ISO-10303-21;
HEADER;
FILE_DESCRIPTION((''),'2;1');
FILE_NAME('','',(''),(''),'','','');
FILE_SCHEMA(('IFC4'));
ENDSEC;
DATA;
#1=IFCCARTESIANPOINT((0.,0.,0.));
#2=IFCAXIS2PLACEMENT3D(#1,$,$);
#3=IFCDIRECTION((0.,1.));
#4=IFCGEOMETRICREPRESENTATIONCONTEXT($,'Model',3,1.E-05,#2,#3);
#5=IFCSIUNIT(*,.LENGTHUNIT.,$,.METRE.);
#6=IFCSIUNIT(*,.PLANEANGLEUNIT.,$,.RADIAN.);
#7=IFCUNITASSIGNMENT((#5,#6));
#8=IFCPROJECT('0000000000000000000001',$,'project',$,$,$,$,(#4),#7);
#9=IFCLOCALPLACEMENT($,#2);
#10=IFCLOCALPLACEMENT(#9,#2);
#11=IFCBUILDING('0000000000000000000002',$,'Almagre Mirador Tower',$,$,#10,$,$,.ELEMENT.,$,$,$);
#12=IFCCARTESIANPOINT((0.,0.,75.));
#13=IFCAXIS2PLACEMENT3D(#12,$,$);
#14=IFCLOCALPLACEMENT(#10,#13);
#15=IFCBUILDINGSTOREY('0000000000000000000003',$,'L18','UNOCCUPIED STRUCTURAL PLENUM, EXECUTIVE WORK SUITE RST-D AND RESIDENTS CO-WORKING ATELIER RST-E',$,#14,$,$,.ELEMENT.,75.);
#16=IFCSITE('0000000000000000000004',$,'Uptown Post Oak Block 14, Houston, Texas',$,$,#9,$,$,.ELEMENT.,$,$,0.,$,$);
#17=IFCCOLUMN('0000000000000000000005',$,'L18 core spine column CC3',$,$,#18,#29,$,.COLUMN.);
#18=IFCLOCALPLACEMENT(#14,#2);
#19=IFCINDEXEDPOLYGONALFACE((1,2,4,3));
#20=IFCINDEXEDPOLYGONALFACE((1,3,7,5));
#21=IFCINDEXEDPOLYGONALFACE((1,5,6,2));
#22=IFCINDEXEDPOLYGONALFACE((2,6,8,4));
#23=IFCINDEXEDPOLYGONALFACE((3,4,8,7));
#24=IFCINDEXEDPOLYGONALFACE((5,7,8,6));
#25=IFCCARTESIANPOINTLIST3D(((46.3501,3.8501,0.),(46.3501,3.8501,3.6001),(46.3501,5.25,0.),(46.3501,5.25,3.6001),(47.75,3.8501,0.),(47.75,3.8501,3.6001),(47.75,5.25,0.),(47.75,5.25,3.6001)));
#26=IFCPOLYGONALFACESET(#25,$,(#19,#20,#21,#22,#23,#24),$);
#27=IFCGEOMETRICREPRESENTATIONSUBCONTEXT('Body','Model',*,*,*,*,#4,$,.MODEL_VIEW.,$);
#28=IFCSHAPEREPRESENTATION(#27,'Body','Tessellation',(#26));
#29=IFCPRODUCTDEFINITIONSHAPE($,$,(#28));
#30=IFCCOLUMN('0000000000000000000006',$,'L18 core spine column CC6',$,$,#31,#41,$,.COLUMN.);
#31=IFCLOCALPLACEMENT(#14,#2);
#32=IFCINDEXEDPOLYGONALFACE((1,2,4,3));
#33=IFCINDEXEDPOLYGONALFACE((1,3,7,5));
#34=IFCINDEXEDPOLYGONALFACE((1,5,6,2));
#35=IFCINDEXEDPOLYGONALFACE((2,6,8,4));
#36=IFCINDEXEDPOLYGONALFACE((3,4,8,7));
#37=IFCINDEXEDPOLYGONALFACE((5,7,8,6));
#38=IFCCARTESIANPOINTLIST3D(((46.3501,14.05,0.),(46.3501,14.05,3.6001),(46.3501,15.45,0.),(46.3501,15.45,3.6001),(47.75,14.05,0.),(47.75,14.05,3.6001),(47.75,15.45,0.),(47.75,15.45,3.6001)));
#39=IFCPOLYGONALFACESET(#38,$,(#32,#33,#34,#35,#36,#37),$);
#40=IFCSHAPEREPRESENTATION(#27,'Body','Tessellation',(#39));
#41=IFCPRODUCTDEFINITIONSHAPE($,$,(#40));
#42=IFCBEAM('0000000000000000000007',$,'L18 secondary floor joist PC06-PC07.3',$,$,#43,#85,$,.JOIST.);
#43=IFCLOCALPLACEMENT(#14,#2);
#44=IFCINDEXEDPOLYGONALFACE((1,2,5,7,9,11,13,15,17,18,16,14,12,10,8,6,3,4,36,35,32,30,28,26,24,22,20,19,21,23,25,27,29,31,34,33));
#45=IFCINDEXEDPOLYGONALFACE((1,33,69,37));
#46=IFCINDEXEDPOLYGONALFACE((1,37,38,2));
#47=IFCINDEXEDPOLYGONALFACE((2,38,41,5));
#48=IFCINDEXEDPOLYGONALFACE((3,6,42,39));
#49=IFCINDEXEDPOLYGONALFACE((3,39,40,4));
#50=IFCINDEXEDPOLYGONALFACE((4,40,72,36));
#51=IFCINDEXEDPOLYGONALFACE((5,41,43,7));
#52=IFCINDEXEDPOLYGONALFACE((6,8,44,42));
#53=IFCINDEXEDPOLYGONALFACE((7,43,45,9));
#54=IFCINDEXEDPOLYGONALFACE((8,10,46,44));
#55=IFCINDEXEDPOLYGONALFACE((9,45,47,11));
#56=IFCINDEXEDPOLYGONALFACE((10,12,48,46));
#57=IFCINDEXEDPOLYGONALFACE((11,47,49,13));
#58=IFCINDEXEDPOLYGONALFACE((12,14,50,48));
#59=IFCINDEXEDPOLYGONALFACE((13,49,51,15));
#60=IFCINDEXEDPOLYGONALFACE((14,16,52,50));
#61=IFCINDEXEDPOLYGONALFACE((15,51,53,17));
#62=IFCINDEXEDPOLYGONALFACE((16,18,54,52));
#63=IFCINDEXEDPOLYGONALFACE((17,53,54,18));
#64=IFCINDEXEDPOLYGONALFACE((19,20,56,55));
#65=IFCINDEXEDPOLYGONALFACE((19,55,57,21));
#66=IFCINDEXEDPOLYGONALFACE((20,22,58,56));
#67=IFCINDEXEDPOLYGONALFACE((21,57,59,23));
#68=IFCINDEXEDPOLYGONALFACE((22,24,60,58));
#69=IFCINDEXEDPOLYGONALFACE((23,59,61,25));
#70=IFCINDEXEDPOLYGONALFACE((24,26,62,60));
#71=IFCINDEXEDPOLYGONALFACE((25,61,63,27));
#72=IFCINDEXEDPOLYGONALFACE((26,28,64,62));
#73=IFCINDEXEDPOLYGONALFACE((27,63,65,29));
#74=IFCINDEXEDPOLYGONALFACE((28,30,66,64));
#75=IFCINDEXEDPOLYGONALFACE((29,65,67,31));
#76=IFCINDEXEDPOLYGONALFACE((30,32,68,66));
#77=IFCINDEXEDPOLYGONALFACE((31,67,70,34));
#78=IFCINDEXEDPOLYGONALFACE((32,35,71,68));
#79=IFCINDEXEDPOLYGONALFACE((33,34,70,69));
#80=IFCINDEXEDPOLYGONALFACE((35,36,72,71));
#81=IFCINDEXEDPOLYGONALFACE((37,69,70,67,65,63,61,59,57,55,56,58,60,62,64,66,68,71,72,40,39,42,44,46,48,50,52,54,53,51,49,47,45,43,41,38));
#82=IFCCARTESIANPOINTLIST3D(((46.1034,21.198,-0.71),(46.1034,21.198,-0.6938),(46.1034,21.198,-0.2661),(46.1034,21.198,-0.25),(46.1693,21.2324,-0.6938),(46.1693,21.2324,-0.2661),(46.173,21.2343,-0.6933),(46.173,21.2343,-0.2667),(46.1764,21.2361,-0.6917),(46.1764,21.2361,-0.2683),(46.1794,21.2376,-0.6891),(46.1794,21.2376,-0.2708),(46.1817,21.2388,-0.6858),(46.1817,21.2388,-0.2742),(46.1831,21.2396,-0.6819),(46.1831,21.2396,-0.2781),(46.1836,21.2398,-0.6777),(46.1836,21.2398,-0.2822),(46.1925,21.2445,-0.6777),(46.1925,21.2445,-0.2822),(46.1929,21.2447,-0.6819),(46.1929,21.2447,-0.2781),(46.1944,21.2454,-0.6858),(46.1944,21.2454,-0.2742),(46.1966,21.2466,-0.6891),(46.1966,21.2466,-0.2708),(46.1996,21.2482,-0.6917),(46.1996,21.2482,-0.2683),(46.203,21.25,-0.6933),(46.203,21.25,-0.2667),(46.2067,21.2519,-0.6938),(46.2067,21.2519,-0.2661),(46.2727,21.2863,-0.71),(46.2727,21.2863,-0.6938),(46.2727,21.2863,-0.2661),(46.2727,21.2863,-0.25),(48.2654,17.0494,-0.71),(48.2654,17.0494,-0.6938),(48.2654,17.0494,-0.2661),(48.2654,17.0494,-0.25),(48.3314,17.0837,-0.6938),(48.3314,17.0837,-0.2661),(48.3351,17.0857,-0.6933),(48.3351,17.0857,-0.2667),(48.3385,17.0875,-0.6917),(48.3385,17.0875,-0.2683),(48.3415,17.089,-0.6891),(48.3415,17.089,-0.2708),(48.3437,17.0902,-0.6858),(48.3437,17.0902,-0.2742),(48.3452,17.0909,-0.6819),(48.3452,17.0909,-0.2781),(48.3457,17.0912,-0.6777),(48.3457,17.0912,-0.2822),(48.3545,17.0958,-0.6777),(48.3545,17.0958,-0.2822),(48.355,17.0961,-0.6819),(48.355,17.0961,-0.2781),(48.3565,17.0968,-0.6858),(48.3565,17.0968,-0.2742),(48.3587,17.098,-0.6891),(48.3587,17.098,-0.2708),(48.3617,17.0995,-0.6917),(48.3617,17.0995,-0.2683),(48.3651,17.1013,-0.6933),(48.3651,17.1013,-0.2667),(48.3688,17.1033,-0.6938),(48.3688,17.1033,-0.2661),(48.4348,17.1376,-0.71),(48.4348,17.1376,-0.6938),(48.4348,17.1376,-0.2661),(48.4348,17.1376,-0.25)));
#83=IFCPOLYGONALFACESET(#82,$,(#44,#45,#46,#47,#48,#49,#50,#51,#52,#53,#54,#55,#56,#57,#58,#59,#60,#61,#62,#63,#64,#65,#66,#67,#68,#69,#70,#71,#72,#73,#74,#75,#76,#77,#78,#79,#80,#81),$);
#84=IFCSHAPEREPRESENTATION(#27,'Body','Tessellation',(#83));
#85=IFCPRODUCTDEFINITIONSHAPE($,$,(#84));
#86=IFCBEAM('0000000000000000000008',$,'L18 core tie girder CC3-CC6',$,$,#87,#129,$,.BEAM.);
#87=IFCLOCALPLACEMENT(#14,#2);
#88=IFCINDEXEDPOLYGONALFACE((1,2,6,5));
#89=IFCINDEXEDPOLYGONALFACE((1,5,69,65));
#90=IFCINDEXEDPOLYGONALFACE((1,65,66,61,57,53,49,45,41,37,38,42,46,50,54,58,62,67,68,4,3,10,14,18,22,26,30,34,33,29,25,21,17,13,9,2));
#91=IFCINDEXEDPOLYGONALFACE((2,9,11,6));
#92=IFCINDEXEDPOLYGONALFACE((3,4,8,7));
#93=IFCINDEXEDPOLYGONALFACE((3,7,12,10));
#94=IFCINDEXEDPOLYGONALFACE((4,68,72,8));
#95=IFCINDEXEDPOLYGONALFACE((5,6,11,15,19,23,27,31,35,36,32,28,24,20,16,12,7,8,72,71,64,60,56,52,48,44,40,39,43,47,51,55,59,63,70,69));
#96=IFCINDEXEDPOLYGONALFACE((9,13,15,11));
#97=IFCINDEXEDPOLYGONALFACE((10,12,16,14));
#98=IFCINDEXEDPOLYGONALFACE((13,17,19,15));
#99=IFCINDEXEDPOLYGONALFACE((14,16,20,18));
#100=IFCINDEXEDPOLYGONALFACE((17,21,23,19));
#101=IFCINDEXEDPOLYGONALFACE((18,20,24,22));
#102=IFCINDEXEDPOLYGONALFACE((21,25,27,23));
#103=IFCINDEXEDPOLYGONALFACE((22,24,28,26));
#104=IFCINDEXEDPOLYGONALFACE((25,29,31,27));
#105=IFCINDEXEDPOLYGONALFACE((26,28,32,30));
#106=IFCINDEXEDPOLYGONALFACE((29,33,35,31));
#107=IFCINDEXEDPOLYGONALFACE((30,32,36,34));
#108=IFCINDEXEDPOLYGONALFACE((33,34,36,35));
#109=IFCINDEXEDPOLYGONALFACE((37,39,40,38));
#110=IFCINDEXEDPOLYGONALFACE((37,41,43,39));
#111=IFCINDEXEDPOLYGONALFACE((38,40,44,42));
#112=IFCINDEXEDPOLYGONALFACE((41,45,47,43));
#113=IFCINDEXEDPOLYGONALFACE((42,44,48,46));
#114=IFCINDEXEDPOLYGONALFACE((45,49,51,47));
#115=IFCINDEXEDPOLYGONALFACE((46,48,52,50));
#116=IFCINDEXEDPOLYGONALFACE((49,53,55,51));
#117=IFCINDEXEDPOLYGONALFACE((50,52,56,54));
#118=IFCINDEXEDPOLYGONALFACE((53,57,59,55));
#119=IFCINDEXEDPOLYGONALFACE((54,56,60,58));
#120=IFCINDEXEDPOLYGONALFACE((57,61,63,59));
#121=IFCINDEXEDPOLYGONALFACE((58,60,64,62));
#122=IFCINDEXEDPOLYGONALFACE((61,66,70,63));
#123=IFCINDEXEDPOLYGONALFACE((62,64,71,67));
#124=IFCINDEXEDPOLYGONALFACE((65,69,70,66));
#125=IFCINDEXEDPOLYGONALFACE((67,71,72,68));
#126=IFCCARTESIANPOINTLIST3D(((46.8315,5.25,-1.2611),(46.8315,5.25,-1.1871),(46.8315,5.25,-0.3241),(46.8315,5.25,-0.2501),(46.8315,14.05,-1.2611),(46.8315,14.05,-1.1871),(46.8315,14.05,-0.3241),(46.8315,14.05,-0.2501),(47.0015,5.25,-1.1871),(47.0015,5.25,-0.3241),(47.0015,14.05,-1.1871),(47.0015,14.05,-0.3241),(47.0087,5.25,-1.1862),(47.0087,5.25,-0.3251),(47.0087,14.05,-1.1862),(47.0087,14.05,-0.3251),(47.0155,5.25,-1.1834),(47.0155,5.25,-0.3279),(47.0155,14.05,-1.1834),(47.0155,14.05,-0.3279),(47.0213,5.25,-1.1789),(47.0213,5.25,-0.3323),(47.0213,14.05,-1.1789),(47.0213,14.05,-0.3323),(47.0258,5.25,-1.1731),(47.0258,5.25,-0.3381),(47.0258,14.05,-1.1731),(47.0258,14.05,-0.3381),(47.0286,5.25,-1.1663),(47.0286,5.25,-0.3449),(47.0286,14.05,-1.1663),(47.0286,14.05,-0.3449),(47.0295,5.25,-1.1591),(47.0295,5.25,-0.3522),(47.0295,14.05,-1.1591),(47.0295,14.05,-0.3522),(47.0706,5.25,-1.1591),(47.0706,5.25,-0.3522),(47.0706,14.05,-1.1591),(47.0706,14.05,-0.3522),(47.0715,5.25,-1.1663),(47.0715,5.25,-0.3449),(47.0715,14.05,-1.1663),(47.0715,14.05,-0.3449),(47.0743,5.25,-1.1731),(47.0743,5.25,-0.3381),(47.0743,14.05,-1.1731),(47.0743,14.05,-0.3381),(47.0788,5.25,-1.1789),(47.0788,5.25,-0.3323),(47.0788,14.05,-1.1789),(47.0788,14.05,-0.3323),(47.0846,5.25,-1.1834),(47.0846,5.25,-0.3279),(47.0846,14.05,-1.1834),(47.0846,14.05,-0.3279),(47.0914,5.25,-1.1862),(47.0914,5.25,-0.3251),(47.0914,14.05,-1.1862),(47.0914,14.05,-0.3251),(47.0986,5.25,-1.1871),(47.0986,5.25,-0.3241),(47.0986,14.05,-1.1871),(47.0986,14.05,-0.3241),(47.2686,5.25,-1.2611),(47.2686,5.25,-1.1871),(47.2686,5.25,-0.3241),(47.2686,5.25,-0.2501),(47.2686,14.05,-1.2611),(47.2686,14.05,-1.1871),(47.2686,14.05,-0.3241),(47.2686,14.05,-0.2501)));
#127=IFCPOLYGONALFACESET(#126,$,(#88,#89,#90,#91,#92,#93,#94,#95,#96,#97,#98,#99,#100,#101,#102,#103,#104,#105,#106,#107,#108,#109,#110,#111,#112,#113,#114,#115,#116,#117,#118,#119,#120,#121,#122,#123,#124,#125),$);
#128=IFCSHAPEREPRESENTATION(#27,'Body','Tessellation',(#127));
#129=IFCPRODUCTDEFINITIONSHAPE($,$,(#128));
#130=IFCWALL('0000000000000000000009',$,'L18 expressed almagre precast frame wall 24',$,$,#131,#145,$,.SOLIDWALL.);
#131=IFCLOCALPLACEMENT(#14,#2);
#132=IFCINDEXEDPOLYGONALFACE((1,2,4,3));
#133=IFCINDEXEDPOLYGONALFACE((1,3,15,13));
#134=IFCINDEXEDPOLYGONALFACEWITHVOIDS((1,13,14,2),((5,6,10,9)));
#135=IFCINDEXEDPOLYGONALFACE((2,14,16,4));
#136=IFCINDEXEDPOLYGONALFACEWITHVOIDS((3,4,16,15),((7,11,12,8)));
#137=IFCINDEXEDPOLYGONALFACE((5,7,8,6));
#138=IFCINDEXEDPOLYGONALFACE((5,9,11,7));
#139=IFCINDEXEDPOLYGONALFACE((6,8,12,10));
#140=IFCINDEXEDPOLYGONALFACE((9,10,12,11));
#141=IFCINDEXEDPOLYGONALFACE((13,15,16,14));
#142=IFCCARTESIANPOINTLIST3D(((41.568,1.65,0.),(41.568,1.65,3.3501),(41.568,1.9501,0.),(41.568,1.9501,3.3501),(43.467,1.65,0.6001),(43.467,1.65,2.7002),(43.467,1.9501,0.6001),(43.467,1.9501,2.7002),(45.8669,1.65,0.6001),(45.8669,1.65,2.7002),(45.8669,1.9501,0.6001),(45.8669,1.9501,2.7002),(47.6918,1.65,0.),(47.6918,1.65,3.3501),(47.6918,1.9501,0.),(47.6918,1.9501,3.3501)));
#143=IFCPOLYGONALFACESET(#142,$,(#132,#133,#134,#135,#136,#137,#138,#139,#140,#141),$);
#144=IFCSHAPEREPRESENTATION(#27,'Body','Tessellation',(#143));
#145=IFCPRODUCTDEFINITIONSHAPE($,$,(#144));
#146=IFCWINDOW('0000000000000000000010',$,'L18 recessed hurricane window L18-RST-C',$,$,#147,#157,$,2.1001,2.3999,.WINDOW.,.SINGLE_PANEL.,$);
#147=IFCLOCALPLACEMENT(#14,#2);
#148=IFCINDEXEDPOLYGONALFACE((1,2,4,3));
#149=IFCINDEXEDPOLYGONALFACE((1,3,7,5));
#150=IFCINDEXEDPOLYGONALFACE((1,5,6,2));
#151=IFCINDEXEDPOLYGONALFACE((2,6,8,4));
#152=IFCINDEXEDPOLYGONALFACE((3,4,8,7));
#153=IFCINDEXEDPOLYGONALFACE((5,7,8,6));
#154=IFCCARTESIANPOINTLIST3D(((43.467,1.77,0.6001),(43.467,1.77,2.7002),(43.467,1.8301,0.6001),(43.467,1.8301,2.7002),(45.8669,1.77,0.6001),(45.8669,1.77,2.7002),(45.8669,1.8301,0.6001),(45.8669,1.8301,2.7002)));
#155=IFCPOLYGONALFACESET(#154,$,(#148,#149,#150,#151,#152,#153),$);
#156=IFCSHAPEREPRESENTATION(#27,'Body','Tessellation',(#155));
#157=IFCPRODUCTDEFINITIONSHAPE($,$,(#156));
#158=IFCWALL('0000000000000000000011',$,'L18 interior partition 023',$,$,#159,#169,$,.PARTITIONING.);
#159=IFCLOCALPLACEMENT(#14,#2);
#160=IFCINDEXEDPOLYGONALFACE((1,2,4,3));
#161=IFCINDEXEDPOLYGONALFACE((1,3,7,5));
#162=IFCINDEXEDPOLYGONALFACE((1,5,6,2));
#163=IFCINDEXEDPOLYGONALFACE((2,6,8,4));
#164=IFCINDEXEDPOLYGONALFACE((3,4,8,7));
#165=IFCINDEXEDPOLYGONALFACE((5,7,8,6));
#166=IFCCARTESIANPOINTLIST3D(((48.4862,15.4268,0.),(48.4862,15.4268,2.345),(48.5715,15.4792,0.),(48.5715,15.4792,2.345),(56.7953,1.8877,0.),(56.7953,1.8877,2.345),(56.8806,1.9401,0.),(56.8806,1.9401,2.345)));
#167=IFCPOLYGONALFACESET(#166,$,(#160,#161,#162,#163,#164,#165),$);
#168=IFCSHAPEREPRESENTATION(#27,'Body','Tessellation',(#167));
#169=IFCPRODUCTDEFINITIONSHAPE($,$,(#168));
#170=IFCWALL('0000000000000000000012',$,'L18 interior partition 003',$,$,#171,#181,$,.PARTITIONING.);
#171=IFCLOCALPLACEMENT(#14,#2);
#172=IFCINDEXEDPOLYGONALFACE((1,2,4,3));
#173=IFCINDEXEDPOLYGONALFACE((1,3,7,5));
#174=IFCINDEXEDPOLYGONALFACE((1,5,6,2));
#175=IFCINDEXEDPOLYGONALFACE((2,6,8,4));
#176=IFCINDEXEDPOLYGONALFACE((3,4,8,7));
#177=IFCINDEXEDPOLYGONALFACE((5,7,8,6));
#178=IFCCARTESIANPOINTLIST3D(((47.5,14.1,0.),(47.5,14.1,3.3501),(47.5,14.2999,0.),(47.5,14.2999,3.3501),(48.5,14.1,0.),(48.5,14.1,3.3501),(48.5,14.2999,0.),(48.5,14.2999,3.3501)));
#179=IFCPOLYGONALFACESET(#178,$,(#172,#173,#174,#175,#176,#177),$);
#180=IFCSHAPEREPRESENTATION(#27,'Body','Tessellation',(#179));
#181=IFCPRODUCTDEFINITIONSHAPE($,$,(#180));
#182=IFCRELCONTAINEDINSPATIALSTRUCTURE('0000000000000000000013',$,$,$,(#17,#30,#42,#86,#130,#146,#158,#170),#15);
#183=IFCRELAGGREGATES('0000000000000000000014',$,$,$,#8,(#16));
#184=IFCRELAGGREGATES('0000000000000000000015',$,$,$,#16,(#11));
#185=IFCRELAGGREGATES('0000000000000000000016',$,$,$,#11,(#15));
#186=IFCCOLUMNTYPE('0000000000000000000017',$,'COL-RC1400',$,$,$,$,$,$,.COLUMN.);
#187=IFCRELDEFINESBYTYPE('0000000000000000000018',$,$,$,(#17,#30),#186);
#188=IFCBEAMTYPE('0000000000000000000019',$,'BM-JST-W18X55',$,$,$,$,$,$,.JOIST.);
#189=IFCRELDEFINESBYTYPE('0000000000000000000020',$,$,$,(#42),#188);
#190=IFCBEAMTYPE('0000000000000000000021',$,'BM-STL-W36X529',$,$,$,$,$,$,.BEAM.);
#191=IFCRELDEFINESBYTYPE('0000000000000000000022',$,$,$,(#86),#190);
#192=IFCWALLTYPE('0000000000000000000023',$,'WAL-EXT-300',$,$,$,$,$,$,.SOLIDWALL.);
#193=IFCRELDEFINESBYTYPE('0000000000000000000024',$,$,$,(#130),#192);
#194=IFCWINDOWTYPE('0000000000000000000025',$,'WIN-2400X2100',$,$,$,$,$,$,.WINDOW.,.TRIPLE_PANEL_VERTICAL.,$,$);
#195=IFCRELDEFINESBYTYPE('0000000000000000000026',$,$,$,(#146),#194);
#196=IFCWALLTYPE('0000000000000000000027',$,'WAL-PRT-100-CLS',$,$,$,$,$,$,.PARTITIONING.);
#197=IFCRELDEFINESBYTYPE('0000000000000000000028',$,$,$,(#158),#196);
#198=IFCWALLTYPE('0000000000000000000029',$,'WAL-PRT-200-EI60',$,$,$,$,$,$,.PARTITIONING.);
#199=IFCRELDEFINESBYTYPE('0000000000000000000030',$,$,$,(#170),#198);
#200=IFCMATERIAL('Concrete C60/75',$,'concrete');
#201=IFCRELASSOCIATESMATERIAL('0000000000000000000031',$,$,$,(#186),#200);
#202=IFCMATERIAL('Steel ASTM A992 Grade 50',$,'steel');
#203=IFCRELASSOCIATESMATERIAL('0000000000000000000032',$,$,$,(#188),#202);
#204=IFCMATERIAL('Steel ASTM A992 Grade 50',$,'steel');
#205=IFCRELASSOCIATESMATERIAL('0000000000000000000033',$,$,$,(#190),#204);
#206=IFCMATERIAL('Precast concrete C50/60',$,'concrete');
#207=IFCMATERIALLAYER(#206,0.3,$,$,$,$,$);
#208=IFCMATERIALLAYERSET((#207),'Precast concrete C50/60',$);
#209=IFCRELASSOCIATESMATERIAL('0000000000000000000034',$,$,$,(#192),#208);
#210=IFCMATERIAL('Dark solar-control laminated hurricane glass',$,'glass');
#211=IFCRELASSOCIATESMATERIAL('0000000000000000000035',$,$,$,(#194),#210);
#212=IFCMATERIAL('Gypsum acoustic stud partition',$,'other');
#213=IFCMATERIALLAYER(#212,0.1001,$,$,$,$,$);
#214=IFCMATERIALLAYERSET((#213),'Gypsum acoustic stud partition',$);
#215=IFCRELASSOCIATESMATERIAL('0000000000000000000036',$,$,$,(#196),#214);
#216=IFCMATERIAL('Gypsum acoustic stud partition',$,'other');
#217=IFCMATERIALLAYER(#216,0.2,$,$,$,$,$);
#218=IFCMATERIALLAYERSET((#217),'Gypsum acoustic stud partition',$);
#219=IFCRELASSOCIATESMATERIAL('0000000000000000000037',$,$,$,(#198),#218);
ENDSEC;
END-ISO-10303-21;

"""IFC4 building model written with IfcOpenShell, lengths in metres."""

from ifc_helpers import new_model, si_unit, direction, frame, frame_2d, origin, origin_2d, place, context, subcontext, project, spatial, rectangle, i_section, extrude, material, layer, layer_set, material_profile, profile_set, type_object, element, fill, save


model = new_model("IFC4")

# Units and contexts
model_context = context("Model", 3, precision=1e-05, world=origin(), true_north=direction((0.0, 1.0)))
body_context = subcontext(model_context, "Body", "Model", "MODEL_VIEW")
ifc_project = project(units=[si_unit("LENGTHUNIT", "METRE"), si_unit("PLANEANGLEUNIT", "RADIAN")], contexts=[model_context])

# Site, building, storey
site_placement = place(None, origin())
site = spatial("IfcSite", under=ifc_project, at=site_placement, Name="Uptown Post Oak Block 14, Houston, Texas", CompositionType="ELEMENT", RefElevation=0.0)
building_placement = place(site_placement, origin())
building = spatial("IfcBuilding", under=site, at=building_placement, Name="Almagre Mirador Tower", CompositionType="ELEMENT")
storey_placement = place(building_placement, frame((0.0, 0.0, 75.0)))
storey = spatial("IfcBuildingStorey", under=building, at=storey_placement, Name="L18", Description="UNOCCUPIED STRUCTURAL PLENUM, EXECUTIVE WORK SUITE RST-D AND RESIDENTS CO-WORKING ATELIER RST-E", CompositionType="ELEMENT", Elevation=75.0)

# Columns
ifc_material_1 = material(Name="Concrete C60/75", Category="concrete")
ifc_material_profile_1 = material_profile(ifc_material_1, rectangle(XDim=1.3999, YDim=1.3999, at=origin_2d()), Name="RC1400X1400")
ifc_profile_set_1 = profile_set([ifc_material_profile_1], Name="Concrete C60/75")
column_type = type_object("IfcColumnType", Name="COL-RC1400", PredefinedType="COLUMN", material=ifc_profile_set_1)
for number, where, z_axis, x_axis, name in (
    (1, (47.05, 4.55, 0.0), (0.0, 0.0, 1.0), (1.0, 0.0, 0.0), "L18 core spine column CC3"),
    (2, (47.05, 14.75, 0.0), (0.0, 0.0, 1.0), (1.0, 0.0, 0.0), "L18 core spine column CC6"),
):
    element("IfcColumn", number, at=place(storey_placement, frame(where, z_axis=z_axis, x_axis=x_axis)), inside=storey, type_object=column_type, Name=name, PredefinedType="COLUMN", context=body_context, shape_type="SweptSolid", body=[
        extrude(rectangle(XDim=1.3999, YDim=1.3999, at=origin_2d()), origin(), (0.0, 0.0, 1.0), 3.6001),
    ])

# Beams
ifc_material_2 = material(Name="Steel ASTM A992 Grade 50", Category="steel")
ifc_material_profile_2 = material_profile(ifc_material_2, i_section(OverallWidth=0.1909, OverallDepth=0.46, WebThickness=0.01, FlangeThickness=0.0161, FilletRadius=0.0161, at=origin_2d()), Name="W18X55")
ifc_profile_set_2 = profile_set([ifc_material_profile_2], Name="Steel ASTM A992 Grade 50")
beam_type_1 = type_object("IfcBeamType", Name="BM-JST-W18X55", PredefinedType="JOIST", material=ifc_profile_set_2)
beam_1_placement = place(storey_placement, frame((48.3501, 17.0935, -0.48), z_axis=(-0.462159, 0.886797, 0.0), x_axis=(-0.886797, -0.462159, 0.0)))
element("IfcBeam", 3, at=beam_1_placement, inside=storey, type_object=beam_type_1, Name="L18 secondary floor joist PC06-PC07.3", PredefinedType="JOIST", context=body_context, shape_type="SweptSolid", body=[
    extrude(i_section(OverallWidth=0.1909, OverallDepth=0.46, WebThickness=0.01, FlangeThickness=0.0161, FilletRadius=0.0161, at=origin_2d()), origin(), (0.0, 0.0, 1.0), 4.6782),
])
ifc_material_3 = material(Name="Steel ASTM A992 Grade 50", Category="steel")
ifc_material_profile_3 = material_profile(ifc_material_3, i_section(OverallWidth=0.437, OverallDepth=1.011, WebThickness=0.041, FlangeThickness=0.074, FilletRadius=0.0281, at=origin_2d()), Name="W36X529")
ifc_profile_set_3 = profile_set([ifc_material_profile_3], Name="Steel ASTM A992 Grade 50")
beam_type_2 = type_object("IfcBeamType", Name="BM-STL-W36X529", PredefinedType="BEAM", material=ifc_profile_set_3)
beam_2_placement = place(storey_placement, frame((47.05, 5.25, -0.7556), z_axis=(0.0, 1.0, 0.0), x_axis=(-1.0, 0.0, 0.0)))
element("IfcBeam", 4, at=beam_2_placement, inside=storey, type_object=beam_type_2, Name="L18 core tie girder CC3-CC6", PredefinedType="BEAM", context=body_context, shape_type="SweptSolid", body=[
    extrude(i_section(OverallWidth=0.437, OverallDepth=1.011, WebThickness=0.041, FlangeThickness=0.074, FilletRadius=0.0281, at=origin_2d()), origin(), (0.0, 0.0, 1.0), 8.8),
])

# Wall, opening, window
ifc_material_4 = material(Name="Precast concrete C50/60", Category="concrete")
ifc_layer_1 = layer(ifc_material_4, 0.3)
ifc_layer_set_1 = layer_set([ifc_layer_1], Name="Precast concrete C50/60")
wall_type_1 = type_object("IfcWallType", Name="WAL-EXT-300", PredefinedType="SOLIDWALL", material=ifc_layer_set_1)
wall_1_placement = place(storey_placement, frame((47.6919, 1.8, 0.0), z_axis=(0.0, 0.0, 1.0), x_axis=(-1.0, 0.0, 0.0)))
wall_1 = element("IfcWall", 5, at=wall_1_placement, inside=storey, type_object=wall_type_1, Name="L18 expressed almagre precast frame wall 24", PredefinedType="SOLIDWALL", context=body_context, shape_type="SweptSolid", body=[
    extrude(rectangle(XDim=6.1238, YDim=0.3, at=frame_2d((3.062, 0.0))), origin(), (0.0, 0.0, 1.0), 3.3501),
])
opening_1_placement = place(wall_1_placement, frame((1.825, 0.0, 0.6001)))
opening_1 = element("IfcOpeningElement", 6, at=opening_1_placement, cuts=wall_1, PredefinedType="OPENING", context=body_context, shape_type="SweptSolid", body=[
    extrude(rectangle(XDim=2.3999, YDim=2.1001, at=frame_2d((1.2, 1.05))), frame((0.0, 0.1599, 0.0), z_axis=(0.0, -1.0, 0.0), x_axis=(1.0, 0.0, 0.0)), (0.0, 0.0, 1.0), 0.32),
])
ifc_material_5 = material(Name="Dark solar-control laminated hurricane glass", Category="glass")
window_type = type_object("IfcWindowType", Name="WIN-2400X2100", PartitioningType="TRIPLE_PANEL_VERTICAL", PredefinedType="WINDOW", material=ifc_material_5)
window_placement = place(opening_1_placement, origin())
window = element("IfcWindow", 7, at=window_placement, inside=storey, type_object=window_type, Name="L18 recessed hurricane window L18-RST-C", OverallHeight=2.1001, OverallWidth=2.3999, PartitioningType="SINGLE_PANEL", PredefinedType="WINDOW", context=body_context, shape_type="SweptSolid", body=[
    extrude(rectangle(XDim=2.3999, YDim=2.1001, at=frame_2d((1.2, 1.05))), frame((0.0, 0.03, 0.0), z_axis=(0.0, -1.0, 0.0), x_axis=(1.0, 0.0, 0.0)), (0.0, 0.0, 1.0), 0.0601),
])
fill(opening_1, window)

# Walls
ifc_material_6 = material(Name="Gypsum acoustic stud partition", Category="other")
ifc_layer_2 = layer(ifc_material_6, 0.1001)
ifc_layer_set_2 = layer_set([ifc_layer_2], Name="Gypsum acoustic stud partition")
wall_type_2 = type_object("IfcWallType", Name="WAL-PRT-100-CLS", PredefinedType="PARTITIONING", material=ifc_layer_set_2)
wall_2_placement = place(storey_placement, frame((48.5288, 15.4531, 0.0), z_axis=(0.0, 0.0, 1.0), x_axis=(0.523063, -0.852294, 0.0)))
element("IfcWall", 8, at=wall_2_placement, inside=storey, type_object=wall_type_2, Name="L18 interior partition 023", PredefinedType="PARTITIONING", context=body_context, shape_type="SweptSolid", body=[
    extrude(rectangle(XDim=15.8855, YDim=0.1001, at=frame_2d((7.9429, 0.0))), origin(), (0.0, 0.0, 1.0), 2.345),
])
ifc_material_7 = material(Name="Gypsum acoustic stud partition", Category="other")
ifc_layer_3 = layer(ifc_material_7, 0.2)
ifc_layer_set_3 = layer_set([ifc_layer_3], Name="Gypsum acoustic stud partition")
wall_type_3 = type_object("IfcWallType", Name="WAL-PRT-200-EI60", PredefinedType="PARTITIONING", material=ifc_layer_set_3)
wall_3_placement = place(storey_placement, frame((47.5, 14.2, 0.0), z_axis=(0.0, 0.0, 1.0), x_axis=(1.0, 0.0, 0.0)))
element("IfcWall", 9, at=wall_3_placement, inside=storey, type_object=wall_type_3, Name="L18 interior partition 003", PredefinedType="PARTITIONING", context=body_context, shape_type="SweptSolid", body=[
    extrude(rectangle(XDim=1.0, YDim=0.2, at=frame_2d((0.5, 0.0))), origin(), (0.0, 0.0, 1.0), 3.3501),
])

save(model, "model.ifc")
